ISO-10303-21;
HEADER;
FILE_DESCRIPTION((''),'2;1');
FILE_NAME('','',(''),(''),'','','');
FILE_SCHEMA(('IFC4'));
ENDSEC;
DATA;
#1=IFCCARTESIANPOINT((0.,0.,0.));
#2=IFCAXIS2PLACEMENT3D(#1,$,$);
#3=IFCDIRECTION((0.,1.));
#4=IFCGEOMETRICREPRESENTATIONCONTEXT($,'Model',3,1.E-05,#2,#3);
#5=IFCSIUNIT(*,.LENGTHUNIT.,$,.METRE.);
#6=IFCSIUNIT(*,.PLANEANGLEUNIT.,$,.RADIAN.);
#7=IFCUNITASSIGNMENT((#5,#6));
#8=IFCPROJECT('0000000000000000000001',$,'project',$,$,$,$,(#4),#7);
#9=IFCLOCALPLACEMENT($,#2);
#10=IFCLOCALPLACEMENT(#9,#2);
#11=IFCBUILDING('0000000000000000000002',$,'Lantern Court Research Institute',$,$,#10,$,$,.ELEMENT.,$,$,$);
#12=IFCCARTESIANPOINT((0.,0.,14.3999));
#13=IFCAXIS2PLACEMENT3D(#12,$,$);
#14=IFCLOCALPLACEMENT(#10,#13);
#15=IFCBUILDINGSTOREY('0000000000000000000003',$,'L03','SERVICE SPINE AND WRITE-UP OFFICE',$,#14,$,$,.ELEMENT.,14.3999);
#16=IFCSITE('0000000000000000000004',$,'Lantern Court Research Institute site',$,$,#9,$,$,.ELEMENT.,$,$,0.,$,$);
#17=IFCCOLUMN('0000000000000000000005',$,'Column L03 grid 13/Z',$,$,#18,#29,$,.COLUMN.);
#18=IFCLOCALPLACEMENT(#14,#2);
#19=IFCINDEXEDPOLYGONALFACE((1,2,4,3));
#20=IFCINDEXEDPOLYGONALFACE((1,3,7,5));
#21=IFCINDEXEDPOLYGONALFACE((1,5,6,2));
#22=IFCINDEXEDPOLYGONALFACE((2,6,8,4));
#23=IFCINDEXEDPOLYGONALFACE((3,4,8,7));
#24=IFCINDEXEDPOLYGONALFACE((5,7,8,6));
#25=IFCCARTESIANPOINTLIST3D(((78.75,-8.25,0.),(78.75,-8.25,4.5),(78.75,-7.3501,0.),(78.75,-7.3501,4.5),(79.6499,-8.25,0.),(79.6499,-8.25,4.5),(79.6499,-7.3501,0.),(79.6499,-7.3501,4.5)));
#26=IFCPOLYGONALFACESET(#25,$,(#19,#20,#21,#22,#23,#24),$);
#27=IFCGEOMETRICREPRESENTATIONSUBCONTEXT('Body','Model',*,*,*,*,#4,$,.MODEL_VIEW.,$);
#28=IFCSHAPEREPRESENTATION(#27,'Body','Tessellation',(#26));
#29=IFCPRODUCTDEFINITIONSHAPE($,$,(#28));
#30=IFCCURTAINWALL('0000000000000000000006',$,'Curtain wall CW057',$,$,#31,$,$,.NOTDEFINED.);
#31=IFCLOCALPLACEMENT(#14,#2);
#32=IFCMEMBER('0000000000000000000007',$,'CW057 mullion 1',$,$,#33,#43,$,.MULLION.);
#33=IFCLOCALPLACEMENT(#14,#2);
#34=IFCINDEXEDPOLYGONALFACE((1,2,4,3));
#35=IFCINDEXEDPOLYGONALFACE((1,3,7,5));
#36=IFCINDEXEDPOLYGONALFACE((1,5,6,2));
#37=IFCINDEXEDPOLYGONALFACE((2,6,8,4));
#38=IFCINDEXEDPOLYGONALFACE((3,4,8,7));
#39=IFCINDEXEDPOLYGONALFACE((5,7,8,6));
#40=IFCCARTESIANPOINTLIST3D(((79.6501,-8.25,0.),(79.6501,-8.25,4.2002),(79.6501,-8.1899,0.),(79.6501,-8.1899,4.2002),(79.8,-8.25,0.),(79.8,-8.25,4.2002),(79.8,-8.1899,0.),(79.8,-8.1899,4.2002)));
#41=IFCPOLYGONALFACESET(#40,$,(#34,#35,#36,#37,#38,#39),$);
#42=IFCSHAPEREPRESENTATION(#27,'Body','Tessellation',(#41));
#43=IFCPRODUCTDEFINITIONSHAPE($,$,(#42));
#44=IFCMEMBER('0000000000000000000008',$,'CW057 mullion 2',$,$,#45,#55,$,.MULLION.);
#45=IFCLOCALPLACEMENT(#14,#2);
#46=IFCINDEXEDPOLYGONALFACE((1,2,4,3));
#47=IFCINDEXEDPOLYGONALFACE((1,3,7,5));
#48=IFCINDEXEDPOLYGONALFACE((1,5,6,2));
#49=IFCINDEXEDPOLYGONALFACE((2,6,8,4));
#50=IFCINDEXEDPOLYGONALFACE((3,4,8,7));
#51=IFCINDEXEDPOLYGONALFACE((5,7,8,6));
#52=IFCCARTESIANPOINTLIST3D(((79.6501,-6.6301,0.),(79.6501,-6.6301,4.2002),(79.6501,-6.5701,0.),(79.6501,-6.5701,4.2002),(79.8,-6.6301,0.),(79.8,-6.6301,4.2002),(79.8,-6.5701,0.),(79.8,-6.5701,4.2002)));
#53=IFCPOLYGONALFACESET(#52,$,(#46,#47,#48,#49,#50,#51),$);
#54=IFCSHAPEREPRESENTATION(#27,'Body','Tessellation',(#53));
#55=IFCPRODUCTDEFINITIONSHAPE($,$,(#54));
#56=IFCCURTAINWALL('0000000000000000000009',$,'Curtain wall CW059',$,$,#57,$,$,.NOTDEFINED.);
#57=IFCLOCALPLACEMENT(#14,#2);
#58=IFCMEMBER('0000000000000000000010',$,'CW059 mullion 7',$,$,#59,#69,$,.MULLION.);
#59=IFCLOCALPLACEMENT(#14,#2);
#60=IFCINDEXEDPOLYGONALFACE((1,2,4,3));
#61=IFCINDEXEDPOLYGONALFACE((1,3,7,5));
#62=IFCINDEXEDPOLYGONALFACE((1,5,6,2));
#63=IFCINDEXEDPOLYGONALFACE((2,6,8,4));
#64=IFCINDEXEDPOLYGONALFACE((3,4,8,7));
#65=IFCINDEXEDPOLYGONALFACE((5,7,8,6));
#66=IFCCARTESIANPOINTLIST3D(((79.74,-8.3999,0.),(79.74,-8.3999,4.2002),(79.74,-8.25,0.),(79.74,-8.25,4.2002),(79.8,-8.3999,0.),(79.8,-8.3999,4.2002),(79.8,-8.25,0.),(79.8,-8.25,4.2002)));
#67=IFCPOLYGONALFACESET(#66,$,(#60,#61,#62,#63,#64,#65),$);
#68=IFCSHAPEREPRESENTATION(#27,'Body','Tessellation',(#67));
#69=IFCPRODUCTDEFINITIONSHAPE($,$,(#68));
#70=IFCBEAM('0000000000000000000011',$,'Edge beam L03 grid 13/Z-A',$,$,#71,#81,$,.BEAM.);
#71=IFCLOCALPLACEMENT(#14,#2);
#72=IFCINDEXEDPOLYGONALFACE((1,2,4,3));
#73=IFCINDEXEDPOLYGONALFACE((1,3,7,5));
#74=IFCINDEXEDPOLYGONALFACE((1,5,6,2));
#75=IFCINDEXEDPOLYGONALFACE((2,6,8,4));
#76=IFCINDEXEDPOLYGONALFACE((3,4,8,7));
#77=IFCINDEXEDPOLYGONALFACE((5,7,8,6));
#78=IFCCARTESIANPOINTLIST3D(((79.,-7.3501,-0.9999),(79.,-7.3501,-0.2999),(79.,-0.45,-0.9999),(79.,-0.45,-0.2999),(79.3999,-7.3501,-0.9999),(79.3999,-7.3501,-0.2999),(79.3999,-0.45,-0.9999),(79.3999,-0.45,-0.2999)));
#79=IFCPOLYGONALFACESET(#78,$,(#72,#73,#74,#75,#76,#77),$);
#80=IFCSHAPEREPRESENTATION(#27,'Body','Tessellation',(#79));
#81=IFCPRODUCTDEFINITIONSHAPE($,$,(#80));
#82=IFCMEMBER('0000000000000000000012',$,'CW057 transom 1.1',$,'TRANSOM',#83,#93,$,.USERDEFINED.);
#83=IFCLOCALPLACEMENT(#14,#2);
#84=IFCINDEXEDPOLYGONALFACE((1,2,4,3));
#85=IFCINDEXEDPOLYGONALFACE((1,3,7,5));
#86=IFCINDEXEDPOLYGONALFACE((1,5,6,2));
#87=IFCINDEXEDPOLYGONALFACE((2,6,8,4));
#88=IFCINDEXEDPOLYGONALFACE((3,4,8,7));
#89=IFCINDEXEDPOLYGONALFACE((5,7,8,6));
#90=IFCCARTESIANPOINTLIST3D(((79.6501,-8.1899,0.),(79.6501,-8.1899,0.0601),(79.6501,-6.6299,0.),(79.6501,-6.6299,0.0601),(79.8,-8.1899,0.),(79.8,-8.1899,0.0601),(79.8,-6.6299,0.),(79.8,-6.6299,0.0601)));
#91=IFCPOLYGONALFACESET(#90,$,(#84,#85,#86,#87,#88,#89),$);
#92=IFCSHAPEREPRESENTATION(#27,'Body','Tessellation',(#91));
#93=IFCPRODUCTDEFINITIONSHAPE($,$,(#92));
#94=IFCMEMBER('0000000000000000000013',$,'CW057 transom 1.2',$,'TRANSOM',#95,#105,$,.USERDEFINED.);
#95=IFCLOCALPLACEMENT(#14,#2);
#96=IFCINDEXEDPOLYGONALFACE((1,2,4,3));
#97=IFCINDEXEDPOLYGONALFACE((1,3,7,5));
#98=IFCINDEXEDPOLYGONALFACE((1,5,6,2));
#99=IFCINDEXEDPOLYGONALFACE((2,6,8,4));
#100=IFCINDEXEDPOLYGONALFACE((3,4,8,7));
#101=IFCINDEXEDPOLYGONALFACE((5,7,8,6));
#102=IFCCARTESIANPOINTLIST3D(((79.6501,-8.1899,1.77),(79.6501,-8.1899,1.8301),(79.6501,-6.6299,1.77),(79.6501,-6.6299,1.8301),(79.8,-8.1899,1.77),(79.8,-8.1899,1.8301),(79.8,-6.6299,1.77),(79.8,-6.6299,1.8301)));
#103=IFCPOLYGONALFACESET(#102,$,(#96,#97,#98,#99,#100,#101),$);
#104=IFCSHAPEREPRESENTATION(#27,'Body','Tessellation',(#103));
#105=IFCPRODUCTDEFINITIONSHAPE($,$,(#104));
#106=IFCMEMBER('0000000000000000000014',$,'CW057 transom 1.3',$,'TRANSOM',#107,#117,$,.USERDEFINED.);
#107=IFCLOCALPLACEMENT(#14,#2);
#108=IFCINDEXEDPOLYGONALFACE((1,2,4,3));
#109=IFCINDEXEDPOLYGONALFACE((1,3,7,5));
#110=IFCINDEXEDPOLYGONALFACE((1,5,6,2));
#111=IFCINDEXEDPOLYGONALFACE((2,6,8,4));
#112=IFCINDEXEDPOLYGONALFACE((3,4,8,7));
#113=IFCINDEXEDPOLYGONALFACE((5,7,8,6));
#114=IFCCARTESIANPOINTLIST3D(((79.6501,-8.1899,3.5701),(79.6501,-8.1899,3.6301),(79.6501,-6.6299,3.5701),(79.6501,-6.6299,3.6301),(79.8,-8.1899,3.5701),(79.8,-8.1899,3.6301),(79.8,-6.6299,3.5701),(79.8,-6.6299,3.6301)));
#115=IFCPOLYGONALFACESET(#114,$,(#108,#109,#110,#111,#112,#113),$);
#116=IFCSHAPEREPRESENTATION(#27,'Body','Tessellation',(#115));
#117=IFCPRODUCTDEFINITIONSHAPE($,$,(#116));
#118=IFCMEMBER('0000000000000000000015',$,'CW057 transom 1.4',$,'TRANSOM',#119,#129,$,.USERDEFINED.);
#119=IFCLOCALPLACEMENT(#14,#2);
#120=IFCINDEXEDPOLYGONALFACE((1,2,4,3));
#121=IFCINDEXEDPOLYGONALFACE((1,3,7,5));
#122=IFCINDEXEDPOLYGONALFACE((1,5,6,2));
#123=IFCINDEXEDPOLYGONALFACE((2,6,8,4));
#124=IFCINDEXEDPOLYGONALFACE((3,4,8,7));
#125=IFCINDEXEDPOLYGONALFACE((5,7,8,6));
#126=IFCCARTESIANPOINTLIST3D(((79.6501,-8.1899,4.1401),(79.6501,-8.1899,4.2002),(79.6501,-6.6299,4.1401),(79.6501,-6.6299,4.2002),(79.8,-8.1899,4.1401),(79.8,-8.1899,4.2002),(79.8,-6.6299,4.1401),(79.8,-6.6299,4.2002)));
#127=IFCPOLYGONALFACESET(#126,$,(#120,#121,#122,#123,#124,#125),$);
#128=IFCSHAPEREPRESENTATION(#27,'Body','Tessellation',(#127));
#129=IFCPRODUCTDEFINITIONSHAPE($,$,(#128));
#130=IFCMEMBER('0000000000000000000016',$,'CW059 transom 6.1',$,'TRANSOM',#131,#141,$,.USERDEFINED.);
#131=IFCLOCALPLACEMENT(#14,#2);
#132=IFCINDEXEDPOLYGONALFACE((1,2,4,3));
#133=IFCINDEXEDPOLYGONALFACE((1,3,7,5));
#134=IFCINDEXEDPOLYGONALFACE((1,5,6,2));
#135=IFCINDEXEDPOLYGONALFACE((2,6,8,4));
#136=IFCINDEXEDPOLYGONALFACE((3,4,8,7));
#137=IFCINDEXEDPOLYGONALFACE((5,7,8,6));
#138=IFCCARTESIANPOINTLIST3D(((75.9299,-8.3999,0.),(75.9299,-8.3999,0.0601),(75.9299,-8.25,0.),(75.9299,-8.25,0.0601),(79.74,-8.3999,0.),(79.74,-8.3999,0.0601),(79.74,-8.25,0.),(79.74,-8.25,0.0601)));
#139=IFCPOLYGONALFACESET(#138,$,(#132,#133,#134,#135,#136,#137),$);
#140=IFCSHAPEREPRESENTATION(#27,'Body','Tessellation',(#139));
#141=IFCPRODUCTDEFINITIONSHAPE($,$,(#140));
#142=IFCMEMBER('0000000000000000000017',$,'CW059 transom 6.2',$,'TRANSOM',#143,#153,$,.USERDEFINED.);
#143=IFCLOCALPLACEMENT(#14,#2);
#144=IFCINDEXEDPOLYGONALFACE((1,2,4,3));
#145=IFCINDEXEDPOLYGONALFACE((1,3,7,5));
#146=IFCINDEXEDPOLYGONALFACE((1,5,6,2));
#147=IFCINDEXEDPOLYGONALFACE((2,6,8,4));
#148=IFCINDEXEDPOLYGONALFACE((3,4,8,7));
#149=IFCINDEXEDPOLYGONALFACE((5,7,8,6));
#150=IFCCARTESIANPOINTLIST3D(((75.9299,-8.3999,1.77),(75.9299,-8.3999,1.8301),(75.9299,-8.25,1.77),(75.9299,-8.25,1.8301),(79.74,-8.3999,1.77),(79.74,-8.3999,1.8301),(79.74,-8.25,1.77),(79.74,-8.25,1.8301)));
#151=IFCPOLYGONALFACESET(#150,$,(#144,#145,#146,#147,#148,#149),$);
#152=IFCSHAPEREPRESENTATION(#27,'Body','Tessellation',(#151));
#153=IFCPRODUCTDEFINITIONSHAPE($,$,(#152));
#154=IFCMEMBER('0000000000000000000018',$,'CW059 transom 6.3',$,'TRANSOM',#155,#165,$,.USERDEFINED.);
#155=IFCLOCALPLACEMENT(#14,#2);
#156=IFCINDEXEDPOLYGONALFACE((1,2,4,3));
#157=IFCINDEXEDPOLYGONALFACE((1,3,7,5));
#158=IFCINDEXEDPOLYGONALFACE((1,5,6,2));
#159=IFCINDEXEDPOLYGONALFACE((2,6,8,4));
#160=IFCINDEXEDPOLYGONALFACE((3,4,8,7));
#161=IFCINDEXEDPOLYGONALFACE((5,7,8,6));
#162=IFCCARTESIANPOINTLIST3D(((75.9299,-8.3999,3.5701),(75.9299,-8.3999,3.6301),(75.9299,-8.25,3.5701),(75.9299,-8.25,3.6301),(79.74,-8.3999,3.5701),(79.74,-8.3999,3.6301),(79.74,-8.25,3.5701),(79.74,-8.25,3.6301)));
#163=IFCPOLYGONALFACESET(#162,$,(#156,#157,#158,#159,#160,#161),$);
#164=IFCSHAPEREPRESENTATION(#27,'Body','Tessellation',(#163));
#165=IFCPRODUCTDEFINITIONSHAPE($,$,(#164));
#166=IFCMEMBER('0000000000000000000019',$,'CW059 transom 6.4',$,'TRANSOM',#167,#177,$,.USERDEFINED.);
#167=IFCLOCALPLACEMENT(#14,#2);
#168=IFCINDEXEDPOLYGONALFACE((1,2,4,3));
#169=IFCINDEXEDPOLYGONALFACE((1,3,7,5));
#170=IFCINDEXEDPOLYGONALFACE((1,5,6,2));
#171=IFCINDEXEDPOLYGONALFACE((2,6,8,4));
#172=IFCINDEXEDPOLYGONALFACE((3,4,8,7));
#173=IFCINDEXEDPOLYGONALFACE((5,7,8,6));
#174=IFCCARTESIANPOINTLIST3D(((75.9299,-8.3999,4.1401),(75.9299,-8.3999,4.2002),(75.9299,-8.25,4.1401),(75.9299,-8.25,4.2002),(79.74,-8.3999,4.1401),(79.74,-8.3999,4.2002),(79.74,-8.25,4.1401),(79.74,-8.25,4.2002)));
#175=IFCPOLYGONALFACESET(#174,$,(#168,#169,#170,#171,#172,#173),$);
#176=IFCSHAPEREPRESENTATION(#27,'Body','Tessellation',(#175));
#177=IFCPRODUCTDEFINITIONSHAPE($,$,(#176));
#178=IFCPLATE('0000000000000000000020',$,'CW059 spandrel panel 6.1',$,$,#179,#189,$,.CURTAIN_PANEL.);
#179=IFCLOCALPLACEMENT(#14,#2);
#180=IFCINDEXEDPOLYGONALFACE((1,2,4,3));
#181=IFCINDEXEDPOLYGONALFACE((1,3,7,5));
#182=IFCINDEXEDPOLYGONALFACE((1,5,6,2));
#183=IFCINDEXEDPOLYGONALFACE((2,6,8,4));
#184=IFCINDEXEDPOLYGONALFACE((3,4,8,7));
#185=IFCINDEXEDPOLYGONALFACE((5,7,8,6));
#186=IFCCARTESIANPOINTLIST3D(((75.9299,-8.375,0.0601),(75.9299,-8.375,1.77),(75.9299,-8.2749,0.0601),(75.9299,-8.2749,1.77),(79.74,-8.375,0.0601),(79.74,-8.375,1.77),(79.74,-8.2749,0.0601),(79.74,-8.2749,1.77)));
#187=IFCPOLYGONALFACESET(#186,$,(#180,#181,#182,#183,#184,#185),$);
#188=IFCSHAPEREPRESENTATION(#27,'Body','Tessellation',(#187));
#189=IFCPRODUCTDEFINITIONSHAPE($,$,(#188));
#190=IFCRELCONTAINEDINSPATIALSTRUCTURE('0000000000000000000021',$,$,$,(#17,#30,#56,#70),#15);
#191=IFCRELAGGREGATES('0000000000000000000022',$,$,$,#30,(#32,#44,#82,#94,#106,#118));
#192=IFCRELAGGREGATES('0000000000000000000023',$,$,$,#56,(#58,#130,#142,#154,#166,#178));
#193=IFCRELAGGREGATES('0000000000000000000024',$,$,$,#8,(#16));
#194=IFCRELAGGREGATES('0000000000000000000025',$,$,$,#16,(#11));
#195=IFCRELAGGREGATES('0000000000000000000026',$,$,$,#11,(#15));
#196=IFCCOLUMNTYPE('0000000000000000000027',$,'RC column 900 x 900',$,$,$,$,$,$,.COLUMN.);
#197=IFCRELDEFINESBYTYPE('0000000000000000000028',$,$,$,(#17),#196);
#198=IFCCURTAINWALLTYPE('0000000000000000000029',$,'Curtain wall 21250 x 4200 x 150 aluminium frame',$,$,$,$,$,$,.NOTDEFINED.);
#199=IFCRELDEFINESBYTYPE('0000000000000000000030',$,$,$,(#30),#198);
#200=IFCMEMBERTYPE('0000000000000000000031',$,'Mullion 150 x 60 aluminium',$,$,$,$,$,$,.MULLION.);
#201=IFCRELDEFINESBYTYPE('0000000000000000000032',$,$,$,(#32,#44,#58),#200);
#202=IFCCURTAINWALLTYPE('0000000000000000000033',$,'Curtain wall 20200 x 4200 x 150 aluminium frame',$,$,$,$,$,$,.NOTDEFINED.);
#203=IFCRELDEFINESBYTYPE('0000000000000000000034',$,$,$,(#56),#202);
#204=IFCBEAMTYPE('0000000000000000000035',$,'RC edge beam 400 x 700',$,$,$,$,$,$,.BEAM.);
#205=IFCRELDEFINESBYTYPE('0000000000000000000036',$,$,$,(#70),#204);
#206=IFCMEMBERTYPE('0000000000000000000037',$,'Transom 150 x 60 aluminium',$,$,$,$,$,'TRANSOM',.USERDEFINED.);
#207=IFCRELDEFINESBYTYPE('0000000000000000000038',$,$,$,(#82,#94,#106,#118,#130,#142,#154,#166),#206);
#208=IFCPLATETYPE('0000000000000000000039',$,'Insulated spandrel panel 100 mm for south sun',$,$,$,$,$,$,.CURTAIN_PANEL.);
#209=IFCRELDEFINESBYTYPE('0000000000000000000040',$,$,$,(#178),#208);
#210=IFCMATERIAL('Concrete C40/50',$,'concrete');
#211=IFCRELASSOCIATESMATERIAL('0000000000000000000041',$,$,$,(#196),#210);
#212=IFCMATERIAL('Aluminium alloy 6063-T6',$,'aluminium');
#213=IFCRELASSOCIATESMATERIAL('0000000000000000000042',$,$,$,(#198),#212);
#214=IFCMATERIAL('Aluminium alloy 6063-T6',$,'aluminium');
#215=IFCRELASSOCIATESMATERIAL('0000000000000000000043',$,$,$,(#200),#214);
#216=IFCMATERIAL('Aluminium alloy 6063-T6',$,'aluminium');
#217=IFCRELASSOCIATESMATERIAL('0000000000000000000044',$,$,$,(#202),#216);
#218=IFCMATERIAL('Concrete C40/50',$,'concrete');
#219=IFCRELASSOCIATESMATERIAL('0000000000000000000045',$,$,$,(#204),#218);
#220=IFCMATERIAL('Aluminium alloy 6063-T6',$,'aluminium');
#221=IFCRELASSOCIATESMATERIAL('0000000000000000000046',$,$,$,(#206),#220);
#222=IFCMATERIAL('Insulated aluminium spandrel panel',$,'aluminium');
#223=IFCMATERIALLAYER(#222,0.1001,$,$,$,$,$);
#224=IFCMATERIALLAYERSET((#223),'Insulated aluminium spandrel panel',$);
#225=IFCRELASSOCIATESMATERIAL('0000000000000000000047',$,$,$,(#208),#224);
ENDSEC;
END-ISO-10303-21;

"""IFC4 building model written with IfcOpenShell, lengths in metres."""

from ifc_helpers import new_model, si_unit, direction, frame, origin, origin_2d, place, context, subcontext, project, spatial, rectangle, extrude, material, layer, layer_set, material_profile, profile_set, type_object, element, aggregate, save


model = new_model("IFC4")

# Units and contexts
model_context = context("Model", 3, precision=1e-05, world=origin(), true_north=direction((0.0, 1.0)))
body_context = subcontext(model_context, "Body", "Model", "MODEL_VIEW")
ifc_project = project(units=[si_unit("LENGTHUNIT", "METRE"), si_unit("PLANEANGLEUNIT", "RADIAN")], contexts=[model_context])

# Site, building, storey
site_placement = place(None, origin())
site = spatial("IfcSite", under=ifc_project, at=site_placement, Name="Lantern Court Research Institute site", CompositionType="ELEMENT", RefElevation=0.0)
building_placement = place(site_placement, origin())
building = spatial("IfcBuilding", under=site, at=building_placement, Name="Lantern Court Research Institute", CompositionType="ELEMENT")
storey_placement = place(building_placement, frame((0.0, 0.0, 14.3999)))
storey = spatial("IfcBuildingStorey", under=building, at=storey_placement, Name="L03", Description="SERVICE SPINE AND WRITE-UP OFFICE", CompositionType="ELEMENT", Elevation=14.3999)

# Column
ifc_material_1 = material(Name="Concrete C40/50", Category="concrete")
ifc_material_profile_1 = material_profile(ifc_material_1, rectangle(XDim=0.8999, YDim=0.8999, at=origin_2d()), Name="RC column 900 x 900")
ifc_profile_set_1 = profile_set([ifc_material_profile_1], Name="Concrete C40/50")
column_type = type_object("IfcColumnType", Name="RC column 900 x 900", PredefinedType="COLUMN", material=ifc_profile_set_1)
column_placement = place(storey_placement, frame((79.2, -7.8, 0.0), z_axis=(0.0, 0.0, 1.0), x_axis=(1.0, 0.0, 0.0)))
element("IfcColumn", 1, at=column_placement, inside=storey, type_object=column_type, Name="Column L03 grid 13/Z", PredefinedType="COLUMN", context=body_context, shape_type="SweptSolid", body=[
    extrude(rectangle(XDim=0.8999, YDim=0.8999, at=origin_2d()), origin(), (0.0, 0.0, 1.0), 4.5),
])

# Curtain wall, members
ifc_material_2 = material(Name="Aluminium alloy 6063-T6", Category="aluminium")
curtain_wall_type_1 = type_object("IfcCurtainWallType", Name="Curtain wall 21250 x 4200 x 150 aluminium frame", PredefinedType="NOTDEFINED", material=ifc_material_2)
curtain_wall_1_placement = place(storey_placement, origin())
curtain_wall_1 = element("IfcCurtainWall", 2, at=curtain_wall_1_placement, inside=storey, type_object=curtain_wall_type_1, Name="Curtain wall CW057", PredefinedType="NOTDEFINED")
ifc_material_3 = material(Name="Aluminium alloy 6063-T6", Category="aluminium")
ifc_material_profile_2 = material_profile(ifc_material_3, rectangle(XDim=0.1499, YDim=0.0601, at=origin_2d()), Name="Mullion 150 x 60")
ifc_profile_set_2 = profile_set([ifc_material_profile_2], Name="Aluminium alloy 6063-T6")
member_type_1 = type_object("IfcMemberType", Name="Mullion 150 x 60 aluminium", PredefinedType="MULLION", material=ifc_profile_set_2)
member_1_placement = place(storey_placement, frame((79.7251, -8.22, 0.0), z_axis=(0.0, 0.0, 1.0), x_axis=(1.0, 0.0, 0.0)))
member_1 = element("IfcMember", 3, at=member_1_placement, type_object=member_type_1, Name="CW057 mullion 1", PredefinedType="MULLION", context=body_context, shape_type="SweptSolid", body=[
    extrude(rectangle(XDim=0.1499, YDim=0.0601, at=origin_2d()), origin(), (0.0, 0.0, 1.0), 4.2002),
])
member_2_placement = place(storey_placement, frame((79.7251, -6.6001, 0.0), z_axis=(0.0, 0.0, 1.0), x_axis=(1.0, 0.0, 0.0)))
member_2 = element("IfcMember", 4, at=member_2_placement, type_object=member_type_1, Name="CW057 mullion 2", PredefinedType="MULLION", context=body_context, shape_type="SweptSolid", body=[
    extrude(rectangle(XDim=0.1499, YDim=0.0601, at=origin_2d()), origin(), (0.0, 0.0, 1.0), 4.2002),
])

# Curtain wall, member
ifc_material_4 = material(Name="Aluminium alloy 6063-T6", Category="aluminium")
curtain_wall_type_2 = type_object("IfcCurtainWallType", Name="Curtain wall 20200 x 4200 x 150 aluminium frame", PredefinedType="NOTDEFINED", material=ifc_material_4)
curtain_wall_2_placement = place(storey_placement, origin())
curtain_wall_2 = element("IfcCurtainWall", 5, at=curtain_wall_2_placement, inside=storey, type_object=curtain_wall_type_2, Name="Curtain wall CW059", PredefinedType="NOTDEFINED")
member_3_placement = place(storey_placement, frame((79.77, -8.325, 0.0), z_axis=(0.0, 0.0, 1.0), x_axis=(0.0, -1.0, 0.0)))
member_3 = element("IfcMember", 6, at=member_3_placement, type_object=member_type_1, Name="CW059 mullion 7", PredefinedType="MULLION", context=body_context, shape_type="SweptSolid", body=[
    extrude(rectangle(XDim=0.1499, YDim=0.0601, at=origin_2d()), origin(), (0.0, 0.0, 1.0), 4.2002),
])

# Beam
ifc_material_5 = material(Name="Concrete C40/50", Category="concrete")
ifc_material_profile_3 = material_profile(ifc_material_5, rectangle(XDim=0.3999, YDim=0.7, at=origin_2d()), Name="RC beam 400 x 700")
ifc_profile_set_3 = profile_set([ifc_material_profile_3], Name="Concrete C40/50")
beam_type = type_object("IfcBeamType", Name="RC edge beam 400 x 700", PredefinedType="BEAM", material=ifc_profile_set_3)
beam_placement = place(storey_placement, frame((79.2, -7.3501, -0.6499), z_axis=(0.0, 1.0, 0.0), x_axis=(-1.0, 0.0, 0.0)))
element("IfcBeam", 7, at=beam_placement, inside=storey, type_object=beam_type, Name="Edge beam L03 grid 13/Z-A", PredefinedType="BEAM", context=body_context, shape_type="SweptSolid", body=[
    extrude(rectangle(XDim=0.3999, YDim=0.7, at=origin_2d()), origin(), (0.0, 0.0, 1.0), 6.9001),
])

# Members
ifc_material_6 = material(Name="Aluminium alloy 6063-T6", Category="aluminium")
ifc_material_profile_4 = material_profile(ifc_material_6, rectangle(XDim=0.1499, YDim=0.0601, at=origin_2d()), Name="Transom 150 x 60")
ifc_profile_set_4 = profile_set([ifc_material_profile_4], Name="Aluminium alloy 6063-T6")
member_type_2 = type_object("IfcMemberType", Name="Transom 150 x 60 aluminium", ElementType="TRANSOM", PredefinedType="USERDEFINED", material=ifc_profile_set_4)
member_4_placement = place(storey_placement, frame((79.7251, -6.6299, 0.03), z_axis=(0.0, -1.0, 0.0), x_axis=(1.0, 0.0, 0.0)))
member_4 = element("IfcMember", 8, at=member_4_placement, type_object=member_type_2, Name="CW057 transom 1.1", ObjectType="TRANSOM", PredefinedType="USERDEFINED", context=body_context, shape_type="SweptSolid", body=[
    extrude(rectangle(XDim=0.1499, YDim=0.0601, at=origin_2d()), origin(), (0.0, 0.0, 1.0), 1.5601),
])
member_5_placement = place(storey_placement, frame((79.7251, -6.6299, 1.8), z_axis=(0.0, -1.0, 0.0), x_axis=(1.0, 0.0, 0.0)))
member_5 = element("IfcMember", 9, at=member_5_placement, type_object=member_type_2, Name="CW057 transom 1.2", ObjectType="TRANSOM", PredefinedType="USERDEFINED", context=body_context, shape_type="SweptSolid", body=[
    extrude(rectangle(XDim=0.1499, YDim=0.0601, at=origin_2d()), origin(), (0.0, 0.0, 1.0), 1.5601),
])
member_6_placement = place(storey_placement, frame((79.7251, -6.6299, 3.6001), z_axis=(0.0, -1.0, 0.0), x_axis=(1.0, 0.0, 0.0)))
member_6 = element("IfcMember", 10, at=member_6_placement, type_object=member_type_2, Name="CW057 transom 1.3", ObjectType="TRANSOM", PredefinedType="USERDEFINED", context=body_context, shape_type="SweptSolid", body=[
    extrude(rectangle(XDim=0.1499, YDim=0.0601, at=origin_2d()), origin(), (0.0, 0.0, 1.0), 1.5601),
])
member_7_placement = place(storey_placement, frame((79.7251, -6.6299, 4.1702), z_axis=(0.0, -1.0, 0.0), x_axis=(1.0, 0.0, 0.0)))
member_7 = element("IfcMember", 11, at=member_7_placement, type_object=member_type_2, Name="CW057 transom 1.4", ObjectType="TRANSOM", PredefinedType="USERDEFINED", context=body_context, shape_type="SweptSolid", body=[
    extrude(rectangle(XDim=0.1499, YDim=0.0601, at=origin_2d()), origin(), (0.0, 0.0, 1.0), 1.5601),
])
member_8_placement = place(storey_placement, frame((79.74, -8.325, 0.03), z_axis=(-1.0, 0.0, 0.0), x_axis=(0.0, -1.0, 0.0)))
member_8 = element("IfcMember", 12, at=member_8_placement, type_object=member_type_2, Name="CW059 transom 6.1", ObjectType="TRANSOM", PredefinedType="USERDEFINED", context=body_context, shape_type="SweptSolid", body=[
    extrude(rectangle(XDim=0.1499, YDim=0.0601, at=origin_2d()), origin(), (0.0, 0.0, 1.0), 3.8101),
])
member_9_placement = place(storey_placement, frame((79.74, -8.325, 1.8), z_axis=(-1.0, 0.0, 0.0), x_axis=(0.0, -1.0, 0.0)))
member_9 = element("IfcMember", 13, at=member_9_placement, type_object=member_type_2, Name="CW059 transom 6.2", ObjectType="TRANSOM", PredefinedType="USERDEFINED", context=body_context, shape_type="SweptSolid", body=[
    extrude(rectangle(XDim=0.1499, YDim=0.0601, at=origin_2d()), origin(), (0.0, 0.0, 1.0), 3.8101),
])
member_10_placement = place(storey_placement, frame((79.74, -8.325, 3.6001), z_axis=(-1.0, 0.0, 0.0), x_axis=(0.0, -1.0, 0.0)))
member_10 = element("IfcMember", 14, at=member_10_placement, type_object=member_type_2, Name="CW059 transom 6.3", ObjectType="TRANSOM", PredefinedType="USERDEFINED", context=body_context, shape_type="SweptSolid", body=[
    extrude(rectangle(XDim=0.1499, YDim=0.0601, at=origin_2d()), origin(), (0.0, 0.0, 1.0), 3.8101),
])
member_11_placement = place(storey_placement, frame((79.74, -8.325, 4.1702), z_axis=(-1.0, 0.0, 0.0), x_axis=(0.0, -1.0, 0.0)))
member_11 = element("IfcMember", 15, at=member_11_placement, type_object=member_type_2, Name="CW059 transom 6.4", ObjectType="TRANSOM", PredefinedType="USERDEFINED", context=body_context, shape_type="SweptSolid", body=[
    extrude(rectangle(XDim=0.1499, YDim=0.0601, at=origin_2d()), origin(), (0.0, 0.0, 1.0), 3.8101),
])

# Plate
ifc_material_7 = material(Name="Insulated aluminium spandrel panel", Category="aluminium")
ifc_layer_1 = layer(ifc_material_7, 0.1001)
ifc_layer_set_1 = layer_set([ifc_layer_1], Name="Insulated aluminium spandrel panel")
plate_type_1 = type_object("IfcPlateType", Name="Insulated spandrel panel 100 mm for south sun", PredefinedType="CURTAIN_PANEL", material=ifc_layer_set_1)
plate_1_placement = place(storey_placement, frame((77.835, -8.325, 0.0601), z_axis=(0.0, 0.0, 1.0), x_axis=(-1.0, 0.0, 0.0)))
plate_1 = element("IfcPlate", 16, at=plate_1_placement, type_object=plate_type_1, Name="CW059 spandrel panel 6.1", PredefinedType="CURTAIN_PANEL", context=body_context, shape_type="SweptSolid", body=[
    extrude(rectangle(XDim=3.8101, YDim=0.1001, at=origin_2d()), origin(), (0.0, 0.0, 1.0), 1.71),
])
aggregate(curtain_wall_1, [member_1, member_2, member_4, member_5, member_6, member_7])
aggregate(curtain_wall_2, [member_3, member_8, member_9, member_10, member_11, plate_1])

save(model, "model.ifc")
